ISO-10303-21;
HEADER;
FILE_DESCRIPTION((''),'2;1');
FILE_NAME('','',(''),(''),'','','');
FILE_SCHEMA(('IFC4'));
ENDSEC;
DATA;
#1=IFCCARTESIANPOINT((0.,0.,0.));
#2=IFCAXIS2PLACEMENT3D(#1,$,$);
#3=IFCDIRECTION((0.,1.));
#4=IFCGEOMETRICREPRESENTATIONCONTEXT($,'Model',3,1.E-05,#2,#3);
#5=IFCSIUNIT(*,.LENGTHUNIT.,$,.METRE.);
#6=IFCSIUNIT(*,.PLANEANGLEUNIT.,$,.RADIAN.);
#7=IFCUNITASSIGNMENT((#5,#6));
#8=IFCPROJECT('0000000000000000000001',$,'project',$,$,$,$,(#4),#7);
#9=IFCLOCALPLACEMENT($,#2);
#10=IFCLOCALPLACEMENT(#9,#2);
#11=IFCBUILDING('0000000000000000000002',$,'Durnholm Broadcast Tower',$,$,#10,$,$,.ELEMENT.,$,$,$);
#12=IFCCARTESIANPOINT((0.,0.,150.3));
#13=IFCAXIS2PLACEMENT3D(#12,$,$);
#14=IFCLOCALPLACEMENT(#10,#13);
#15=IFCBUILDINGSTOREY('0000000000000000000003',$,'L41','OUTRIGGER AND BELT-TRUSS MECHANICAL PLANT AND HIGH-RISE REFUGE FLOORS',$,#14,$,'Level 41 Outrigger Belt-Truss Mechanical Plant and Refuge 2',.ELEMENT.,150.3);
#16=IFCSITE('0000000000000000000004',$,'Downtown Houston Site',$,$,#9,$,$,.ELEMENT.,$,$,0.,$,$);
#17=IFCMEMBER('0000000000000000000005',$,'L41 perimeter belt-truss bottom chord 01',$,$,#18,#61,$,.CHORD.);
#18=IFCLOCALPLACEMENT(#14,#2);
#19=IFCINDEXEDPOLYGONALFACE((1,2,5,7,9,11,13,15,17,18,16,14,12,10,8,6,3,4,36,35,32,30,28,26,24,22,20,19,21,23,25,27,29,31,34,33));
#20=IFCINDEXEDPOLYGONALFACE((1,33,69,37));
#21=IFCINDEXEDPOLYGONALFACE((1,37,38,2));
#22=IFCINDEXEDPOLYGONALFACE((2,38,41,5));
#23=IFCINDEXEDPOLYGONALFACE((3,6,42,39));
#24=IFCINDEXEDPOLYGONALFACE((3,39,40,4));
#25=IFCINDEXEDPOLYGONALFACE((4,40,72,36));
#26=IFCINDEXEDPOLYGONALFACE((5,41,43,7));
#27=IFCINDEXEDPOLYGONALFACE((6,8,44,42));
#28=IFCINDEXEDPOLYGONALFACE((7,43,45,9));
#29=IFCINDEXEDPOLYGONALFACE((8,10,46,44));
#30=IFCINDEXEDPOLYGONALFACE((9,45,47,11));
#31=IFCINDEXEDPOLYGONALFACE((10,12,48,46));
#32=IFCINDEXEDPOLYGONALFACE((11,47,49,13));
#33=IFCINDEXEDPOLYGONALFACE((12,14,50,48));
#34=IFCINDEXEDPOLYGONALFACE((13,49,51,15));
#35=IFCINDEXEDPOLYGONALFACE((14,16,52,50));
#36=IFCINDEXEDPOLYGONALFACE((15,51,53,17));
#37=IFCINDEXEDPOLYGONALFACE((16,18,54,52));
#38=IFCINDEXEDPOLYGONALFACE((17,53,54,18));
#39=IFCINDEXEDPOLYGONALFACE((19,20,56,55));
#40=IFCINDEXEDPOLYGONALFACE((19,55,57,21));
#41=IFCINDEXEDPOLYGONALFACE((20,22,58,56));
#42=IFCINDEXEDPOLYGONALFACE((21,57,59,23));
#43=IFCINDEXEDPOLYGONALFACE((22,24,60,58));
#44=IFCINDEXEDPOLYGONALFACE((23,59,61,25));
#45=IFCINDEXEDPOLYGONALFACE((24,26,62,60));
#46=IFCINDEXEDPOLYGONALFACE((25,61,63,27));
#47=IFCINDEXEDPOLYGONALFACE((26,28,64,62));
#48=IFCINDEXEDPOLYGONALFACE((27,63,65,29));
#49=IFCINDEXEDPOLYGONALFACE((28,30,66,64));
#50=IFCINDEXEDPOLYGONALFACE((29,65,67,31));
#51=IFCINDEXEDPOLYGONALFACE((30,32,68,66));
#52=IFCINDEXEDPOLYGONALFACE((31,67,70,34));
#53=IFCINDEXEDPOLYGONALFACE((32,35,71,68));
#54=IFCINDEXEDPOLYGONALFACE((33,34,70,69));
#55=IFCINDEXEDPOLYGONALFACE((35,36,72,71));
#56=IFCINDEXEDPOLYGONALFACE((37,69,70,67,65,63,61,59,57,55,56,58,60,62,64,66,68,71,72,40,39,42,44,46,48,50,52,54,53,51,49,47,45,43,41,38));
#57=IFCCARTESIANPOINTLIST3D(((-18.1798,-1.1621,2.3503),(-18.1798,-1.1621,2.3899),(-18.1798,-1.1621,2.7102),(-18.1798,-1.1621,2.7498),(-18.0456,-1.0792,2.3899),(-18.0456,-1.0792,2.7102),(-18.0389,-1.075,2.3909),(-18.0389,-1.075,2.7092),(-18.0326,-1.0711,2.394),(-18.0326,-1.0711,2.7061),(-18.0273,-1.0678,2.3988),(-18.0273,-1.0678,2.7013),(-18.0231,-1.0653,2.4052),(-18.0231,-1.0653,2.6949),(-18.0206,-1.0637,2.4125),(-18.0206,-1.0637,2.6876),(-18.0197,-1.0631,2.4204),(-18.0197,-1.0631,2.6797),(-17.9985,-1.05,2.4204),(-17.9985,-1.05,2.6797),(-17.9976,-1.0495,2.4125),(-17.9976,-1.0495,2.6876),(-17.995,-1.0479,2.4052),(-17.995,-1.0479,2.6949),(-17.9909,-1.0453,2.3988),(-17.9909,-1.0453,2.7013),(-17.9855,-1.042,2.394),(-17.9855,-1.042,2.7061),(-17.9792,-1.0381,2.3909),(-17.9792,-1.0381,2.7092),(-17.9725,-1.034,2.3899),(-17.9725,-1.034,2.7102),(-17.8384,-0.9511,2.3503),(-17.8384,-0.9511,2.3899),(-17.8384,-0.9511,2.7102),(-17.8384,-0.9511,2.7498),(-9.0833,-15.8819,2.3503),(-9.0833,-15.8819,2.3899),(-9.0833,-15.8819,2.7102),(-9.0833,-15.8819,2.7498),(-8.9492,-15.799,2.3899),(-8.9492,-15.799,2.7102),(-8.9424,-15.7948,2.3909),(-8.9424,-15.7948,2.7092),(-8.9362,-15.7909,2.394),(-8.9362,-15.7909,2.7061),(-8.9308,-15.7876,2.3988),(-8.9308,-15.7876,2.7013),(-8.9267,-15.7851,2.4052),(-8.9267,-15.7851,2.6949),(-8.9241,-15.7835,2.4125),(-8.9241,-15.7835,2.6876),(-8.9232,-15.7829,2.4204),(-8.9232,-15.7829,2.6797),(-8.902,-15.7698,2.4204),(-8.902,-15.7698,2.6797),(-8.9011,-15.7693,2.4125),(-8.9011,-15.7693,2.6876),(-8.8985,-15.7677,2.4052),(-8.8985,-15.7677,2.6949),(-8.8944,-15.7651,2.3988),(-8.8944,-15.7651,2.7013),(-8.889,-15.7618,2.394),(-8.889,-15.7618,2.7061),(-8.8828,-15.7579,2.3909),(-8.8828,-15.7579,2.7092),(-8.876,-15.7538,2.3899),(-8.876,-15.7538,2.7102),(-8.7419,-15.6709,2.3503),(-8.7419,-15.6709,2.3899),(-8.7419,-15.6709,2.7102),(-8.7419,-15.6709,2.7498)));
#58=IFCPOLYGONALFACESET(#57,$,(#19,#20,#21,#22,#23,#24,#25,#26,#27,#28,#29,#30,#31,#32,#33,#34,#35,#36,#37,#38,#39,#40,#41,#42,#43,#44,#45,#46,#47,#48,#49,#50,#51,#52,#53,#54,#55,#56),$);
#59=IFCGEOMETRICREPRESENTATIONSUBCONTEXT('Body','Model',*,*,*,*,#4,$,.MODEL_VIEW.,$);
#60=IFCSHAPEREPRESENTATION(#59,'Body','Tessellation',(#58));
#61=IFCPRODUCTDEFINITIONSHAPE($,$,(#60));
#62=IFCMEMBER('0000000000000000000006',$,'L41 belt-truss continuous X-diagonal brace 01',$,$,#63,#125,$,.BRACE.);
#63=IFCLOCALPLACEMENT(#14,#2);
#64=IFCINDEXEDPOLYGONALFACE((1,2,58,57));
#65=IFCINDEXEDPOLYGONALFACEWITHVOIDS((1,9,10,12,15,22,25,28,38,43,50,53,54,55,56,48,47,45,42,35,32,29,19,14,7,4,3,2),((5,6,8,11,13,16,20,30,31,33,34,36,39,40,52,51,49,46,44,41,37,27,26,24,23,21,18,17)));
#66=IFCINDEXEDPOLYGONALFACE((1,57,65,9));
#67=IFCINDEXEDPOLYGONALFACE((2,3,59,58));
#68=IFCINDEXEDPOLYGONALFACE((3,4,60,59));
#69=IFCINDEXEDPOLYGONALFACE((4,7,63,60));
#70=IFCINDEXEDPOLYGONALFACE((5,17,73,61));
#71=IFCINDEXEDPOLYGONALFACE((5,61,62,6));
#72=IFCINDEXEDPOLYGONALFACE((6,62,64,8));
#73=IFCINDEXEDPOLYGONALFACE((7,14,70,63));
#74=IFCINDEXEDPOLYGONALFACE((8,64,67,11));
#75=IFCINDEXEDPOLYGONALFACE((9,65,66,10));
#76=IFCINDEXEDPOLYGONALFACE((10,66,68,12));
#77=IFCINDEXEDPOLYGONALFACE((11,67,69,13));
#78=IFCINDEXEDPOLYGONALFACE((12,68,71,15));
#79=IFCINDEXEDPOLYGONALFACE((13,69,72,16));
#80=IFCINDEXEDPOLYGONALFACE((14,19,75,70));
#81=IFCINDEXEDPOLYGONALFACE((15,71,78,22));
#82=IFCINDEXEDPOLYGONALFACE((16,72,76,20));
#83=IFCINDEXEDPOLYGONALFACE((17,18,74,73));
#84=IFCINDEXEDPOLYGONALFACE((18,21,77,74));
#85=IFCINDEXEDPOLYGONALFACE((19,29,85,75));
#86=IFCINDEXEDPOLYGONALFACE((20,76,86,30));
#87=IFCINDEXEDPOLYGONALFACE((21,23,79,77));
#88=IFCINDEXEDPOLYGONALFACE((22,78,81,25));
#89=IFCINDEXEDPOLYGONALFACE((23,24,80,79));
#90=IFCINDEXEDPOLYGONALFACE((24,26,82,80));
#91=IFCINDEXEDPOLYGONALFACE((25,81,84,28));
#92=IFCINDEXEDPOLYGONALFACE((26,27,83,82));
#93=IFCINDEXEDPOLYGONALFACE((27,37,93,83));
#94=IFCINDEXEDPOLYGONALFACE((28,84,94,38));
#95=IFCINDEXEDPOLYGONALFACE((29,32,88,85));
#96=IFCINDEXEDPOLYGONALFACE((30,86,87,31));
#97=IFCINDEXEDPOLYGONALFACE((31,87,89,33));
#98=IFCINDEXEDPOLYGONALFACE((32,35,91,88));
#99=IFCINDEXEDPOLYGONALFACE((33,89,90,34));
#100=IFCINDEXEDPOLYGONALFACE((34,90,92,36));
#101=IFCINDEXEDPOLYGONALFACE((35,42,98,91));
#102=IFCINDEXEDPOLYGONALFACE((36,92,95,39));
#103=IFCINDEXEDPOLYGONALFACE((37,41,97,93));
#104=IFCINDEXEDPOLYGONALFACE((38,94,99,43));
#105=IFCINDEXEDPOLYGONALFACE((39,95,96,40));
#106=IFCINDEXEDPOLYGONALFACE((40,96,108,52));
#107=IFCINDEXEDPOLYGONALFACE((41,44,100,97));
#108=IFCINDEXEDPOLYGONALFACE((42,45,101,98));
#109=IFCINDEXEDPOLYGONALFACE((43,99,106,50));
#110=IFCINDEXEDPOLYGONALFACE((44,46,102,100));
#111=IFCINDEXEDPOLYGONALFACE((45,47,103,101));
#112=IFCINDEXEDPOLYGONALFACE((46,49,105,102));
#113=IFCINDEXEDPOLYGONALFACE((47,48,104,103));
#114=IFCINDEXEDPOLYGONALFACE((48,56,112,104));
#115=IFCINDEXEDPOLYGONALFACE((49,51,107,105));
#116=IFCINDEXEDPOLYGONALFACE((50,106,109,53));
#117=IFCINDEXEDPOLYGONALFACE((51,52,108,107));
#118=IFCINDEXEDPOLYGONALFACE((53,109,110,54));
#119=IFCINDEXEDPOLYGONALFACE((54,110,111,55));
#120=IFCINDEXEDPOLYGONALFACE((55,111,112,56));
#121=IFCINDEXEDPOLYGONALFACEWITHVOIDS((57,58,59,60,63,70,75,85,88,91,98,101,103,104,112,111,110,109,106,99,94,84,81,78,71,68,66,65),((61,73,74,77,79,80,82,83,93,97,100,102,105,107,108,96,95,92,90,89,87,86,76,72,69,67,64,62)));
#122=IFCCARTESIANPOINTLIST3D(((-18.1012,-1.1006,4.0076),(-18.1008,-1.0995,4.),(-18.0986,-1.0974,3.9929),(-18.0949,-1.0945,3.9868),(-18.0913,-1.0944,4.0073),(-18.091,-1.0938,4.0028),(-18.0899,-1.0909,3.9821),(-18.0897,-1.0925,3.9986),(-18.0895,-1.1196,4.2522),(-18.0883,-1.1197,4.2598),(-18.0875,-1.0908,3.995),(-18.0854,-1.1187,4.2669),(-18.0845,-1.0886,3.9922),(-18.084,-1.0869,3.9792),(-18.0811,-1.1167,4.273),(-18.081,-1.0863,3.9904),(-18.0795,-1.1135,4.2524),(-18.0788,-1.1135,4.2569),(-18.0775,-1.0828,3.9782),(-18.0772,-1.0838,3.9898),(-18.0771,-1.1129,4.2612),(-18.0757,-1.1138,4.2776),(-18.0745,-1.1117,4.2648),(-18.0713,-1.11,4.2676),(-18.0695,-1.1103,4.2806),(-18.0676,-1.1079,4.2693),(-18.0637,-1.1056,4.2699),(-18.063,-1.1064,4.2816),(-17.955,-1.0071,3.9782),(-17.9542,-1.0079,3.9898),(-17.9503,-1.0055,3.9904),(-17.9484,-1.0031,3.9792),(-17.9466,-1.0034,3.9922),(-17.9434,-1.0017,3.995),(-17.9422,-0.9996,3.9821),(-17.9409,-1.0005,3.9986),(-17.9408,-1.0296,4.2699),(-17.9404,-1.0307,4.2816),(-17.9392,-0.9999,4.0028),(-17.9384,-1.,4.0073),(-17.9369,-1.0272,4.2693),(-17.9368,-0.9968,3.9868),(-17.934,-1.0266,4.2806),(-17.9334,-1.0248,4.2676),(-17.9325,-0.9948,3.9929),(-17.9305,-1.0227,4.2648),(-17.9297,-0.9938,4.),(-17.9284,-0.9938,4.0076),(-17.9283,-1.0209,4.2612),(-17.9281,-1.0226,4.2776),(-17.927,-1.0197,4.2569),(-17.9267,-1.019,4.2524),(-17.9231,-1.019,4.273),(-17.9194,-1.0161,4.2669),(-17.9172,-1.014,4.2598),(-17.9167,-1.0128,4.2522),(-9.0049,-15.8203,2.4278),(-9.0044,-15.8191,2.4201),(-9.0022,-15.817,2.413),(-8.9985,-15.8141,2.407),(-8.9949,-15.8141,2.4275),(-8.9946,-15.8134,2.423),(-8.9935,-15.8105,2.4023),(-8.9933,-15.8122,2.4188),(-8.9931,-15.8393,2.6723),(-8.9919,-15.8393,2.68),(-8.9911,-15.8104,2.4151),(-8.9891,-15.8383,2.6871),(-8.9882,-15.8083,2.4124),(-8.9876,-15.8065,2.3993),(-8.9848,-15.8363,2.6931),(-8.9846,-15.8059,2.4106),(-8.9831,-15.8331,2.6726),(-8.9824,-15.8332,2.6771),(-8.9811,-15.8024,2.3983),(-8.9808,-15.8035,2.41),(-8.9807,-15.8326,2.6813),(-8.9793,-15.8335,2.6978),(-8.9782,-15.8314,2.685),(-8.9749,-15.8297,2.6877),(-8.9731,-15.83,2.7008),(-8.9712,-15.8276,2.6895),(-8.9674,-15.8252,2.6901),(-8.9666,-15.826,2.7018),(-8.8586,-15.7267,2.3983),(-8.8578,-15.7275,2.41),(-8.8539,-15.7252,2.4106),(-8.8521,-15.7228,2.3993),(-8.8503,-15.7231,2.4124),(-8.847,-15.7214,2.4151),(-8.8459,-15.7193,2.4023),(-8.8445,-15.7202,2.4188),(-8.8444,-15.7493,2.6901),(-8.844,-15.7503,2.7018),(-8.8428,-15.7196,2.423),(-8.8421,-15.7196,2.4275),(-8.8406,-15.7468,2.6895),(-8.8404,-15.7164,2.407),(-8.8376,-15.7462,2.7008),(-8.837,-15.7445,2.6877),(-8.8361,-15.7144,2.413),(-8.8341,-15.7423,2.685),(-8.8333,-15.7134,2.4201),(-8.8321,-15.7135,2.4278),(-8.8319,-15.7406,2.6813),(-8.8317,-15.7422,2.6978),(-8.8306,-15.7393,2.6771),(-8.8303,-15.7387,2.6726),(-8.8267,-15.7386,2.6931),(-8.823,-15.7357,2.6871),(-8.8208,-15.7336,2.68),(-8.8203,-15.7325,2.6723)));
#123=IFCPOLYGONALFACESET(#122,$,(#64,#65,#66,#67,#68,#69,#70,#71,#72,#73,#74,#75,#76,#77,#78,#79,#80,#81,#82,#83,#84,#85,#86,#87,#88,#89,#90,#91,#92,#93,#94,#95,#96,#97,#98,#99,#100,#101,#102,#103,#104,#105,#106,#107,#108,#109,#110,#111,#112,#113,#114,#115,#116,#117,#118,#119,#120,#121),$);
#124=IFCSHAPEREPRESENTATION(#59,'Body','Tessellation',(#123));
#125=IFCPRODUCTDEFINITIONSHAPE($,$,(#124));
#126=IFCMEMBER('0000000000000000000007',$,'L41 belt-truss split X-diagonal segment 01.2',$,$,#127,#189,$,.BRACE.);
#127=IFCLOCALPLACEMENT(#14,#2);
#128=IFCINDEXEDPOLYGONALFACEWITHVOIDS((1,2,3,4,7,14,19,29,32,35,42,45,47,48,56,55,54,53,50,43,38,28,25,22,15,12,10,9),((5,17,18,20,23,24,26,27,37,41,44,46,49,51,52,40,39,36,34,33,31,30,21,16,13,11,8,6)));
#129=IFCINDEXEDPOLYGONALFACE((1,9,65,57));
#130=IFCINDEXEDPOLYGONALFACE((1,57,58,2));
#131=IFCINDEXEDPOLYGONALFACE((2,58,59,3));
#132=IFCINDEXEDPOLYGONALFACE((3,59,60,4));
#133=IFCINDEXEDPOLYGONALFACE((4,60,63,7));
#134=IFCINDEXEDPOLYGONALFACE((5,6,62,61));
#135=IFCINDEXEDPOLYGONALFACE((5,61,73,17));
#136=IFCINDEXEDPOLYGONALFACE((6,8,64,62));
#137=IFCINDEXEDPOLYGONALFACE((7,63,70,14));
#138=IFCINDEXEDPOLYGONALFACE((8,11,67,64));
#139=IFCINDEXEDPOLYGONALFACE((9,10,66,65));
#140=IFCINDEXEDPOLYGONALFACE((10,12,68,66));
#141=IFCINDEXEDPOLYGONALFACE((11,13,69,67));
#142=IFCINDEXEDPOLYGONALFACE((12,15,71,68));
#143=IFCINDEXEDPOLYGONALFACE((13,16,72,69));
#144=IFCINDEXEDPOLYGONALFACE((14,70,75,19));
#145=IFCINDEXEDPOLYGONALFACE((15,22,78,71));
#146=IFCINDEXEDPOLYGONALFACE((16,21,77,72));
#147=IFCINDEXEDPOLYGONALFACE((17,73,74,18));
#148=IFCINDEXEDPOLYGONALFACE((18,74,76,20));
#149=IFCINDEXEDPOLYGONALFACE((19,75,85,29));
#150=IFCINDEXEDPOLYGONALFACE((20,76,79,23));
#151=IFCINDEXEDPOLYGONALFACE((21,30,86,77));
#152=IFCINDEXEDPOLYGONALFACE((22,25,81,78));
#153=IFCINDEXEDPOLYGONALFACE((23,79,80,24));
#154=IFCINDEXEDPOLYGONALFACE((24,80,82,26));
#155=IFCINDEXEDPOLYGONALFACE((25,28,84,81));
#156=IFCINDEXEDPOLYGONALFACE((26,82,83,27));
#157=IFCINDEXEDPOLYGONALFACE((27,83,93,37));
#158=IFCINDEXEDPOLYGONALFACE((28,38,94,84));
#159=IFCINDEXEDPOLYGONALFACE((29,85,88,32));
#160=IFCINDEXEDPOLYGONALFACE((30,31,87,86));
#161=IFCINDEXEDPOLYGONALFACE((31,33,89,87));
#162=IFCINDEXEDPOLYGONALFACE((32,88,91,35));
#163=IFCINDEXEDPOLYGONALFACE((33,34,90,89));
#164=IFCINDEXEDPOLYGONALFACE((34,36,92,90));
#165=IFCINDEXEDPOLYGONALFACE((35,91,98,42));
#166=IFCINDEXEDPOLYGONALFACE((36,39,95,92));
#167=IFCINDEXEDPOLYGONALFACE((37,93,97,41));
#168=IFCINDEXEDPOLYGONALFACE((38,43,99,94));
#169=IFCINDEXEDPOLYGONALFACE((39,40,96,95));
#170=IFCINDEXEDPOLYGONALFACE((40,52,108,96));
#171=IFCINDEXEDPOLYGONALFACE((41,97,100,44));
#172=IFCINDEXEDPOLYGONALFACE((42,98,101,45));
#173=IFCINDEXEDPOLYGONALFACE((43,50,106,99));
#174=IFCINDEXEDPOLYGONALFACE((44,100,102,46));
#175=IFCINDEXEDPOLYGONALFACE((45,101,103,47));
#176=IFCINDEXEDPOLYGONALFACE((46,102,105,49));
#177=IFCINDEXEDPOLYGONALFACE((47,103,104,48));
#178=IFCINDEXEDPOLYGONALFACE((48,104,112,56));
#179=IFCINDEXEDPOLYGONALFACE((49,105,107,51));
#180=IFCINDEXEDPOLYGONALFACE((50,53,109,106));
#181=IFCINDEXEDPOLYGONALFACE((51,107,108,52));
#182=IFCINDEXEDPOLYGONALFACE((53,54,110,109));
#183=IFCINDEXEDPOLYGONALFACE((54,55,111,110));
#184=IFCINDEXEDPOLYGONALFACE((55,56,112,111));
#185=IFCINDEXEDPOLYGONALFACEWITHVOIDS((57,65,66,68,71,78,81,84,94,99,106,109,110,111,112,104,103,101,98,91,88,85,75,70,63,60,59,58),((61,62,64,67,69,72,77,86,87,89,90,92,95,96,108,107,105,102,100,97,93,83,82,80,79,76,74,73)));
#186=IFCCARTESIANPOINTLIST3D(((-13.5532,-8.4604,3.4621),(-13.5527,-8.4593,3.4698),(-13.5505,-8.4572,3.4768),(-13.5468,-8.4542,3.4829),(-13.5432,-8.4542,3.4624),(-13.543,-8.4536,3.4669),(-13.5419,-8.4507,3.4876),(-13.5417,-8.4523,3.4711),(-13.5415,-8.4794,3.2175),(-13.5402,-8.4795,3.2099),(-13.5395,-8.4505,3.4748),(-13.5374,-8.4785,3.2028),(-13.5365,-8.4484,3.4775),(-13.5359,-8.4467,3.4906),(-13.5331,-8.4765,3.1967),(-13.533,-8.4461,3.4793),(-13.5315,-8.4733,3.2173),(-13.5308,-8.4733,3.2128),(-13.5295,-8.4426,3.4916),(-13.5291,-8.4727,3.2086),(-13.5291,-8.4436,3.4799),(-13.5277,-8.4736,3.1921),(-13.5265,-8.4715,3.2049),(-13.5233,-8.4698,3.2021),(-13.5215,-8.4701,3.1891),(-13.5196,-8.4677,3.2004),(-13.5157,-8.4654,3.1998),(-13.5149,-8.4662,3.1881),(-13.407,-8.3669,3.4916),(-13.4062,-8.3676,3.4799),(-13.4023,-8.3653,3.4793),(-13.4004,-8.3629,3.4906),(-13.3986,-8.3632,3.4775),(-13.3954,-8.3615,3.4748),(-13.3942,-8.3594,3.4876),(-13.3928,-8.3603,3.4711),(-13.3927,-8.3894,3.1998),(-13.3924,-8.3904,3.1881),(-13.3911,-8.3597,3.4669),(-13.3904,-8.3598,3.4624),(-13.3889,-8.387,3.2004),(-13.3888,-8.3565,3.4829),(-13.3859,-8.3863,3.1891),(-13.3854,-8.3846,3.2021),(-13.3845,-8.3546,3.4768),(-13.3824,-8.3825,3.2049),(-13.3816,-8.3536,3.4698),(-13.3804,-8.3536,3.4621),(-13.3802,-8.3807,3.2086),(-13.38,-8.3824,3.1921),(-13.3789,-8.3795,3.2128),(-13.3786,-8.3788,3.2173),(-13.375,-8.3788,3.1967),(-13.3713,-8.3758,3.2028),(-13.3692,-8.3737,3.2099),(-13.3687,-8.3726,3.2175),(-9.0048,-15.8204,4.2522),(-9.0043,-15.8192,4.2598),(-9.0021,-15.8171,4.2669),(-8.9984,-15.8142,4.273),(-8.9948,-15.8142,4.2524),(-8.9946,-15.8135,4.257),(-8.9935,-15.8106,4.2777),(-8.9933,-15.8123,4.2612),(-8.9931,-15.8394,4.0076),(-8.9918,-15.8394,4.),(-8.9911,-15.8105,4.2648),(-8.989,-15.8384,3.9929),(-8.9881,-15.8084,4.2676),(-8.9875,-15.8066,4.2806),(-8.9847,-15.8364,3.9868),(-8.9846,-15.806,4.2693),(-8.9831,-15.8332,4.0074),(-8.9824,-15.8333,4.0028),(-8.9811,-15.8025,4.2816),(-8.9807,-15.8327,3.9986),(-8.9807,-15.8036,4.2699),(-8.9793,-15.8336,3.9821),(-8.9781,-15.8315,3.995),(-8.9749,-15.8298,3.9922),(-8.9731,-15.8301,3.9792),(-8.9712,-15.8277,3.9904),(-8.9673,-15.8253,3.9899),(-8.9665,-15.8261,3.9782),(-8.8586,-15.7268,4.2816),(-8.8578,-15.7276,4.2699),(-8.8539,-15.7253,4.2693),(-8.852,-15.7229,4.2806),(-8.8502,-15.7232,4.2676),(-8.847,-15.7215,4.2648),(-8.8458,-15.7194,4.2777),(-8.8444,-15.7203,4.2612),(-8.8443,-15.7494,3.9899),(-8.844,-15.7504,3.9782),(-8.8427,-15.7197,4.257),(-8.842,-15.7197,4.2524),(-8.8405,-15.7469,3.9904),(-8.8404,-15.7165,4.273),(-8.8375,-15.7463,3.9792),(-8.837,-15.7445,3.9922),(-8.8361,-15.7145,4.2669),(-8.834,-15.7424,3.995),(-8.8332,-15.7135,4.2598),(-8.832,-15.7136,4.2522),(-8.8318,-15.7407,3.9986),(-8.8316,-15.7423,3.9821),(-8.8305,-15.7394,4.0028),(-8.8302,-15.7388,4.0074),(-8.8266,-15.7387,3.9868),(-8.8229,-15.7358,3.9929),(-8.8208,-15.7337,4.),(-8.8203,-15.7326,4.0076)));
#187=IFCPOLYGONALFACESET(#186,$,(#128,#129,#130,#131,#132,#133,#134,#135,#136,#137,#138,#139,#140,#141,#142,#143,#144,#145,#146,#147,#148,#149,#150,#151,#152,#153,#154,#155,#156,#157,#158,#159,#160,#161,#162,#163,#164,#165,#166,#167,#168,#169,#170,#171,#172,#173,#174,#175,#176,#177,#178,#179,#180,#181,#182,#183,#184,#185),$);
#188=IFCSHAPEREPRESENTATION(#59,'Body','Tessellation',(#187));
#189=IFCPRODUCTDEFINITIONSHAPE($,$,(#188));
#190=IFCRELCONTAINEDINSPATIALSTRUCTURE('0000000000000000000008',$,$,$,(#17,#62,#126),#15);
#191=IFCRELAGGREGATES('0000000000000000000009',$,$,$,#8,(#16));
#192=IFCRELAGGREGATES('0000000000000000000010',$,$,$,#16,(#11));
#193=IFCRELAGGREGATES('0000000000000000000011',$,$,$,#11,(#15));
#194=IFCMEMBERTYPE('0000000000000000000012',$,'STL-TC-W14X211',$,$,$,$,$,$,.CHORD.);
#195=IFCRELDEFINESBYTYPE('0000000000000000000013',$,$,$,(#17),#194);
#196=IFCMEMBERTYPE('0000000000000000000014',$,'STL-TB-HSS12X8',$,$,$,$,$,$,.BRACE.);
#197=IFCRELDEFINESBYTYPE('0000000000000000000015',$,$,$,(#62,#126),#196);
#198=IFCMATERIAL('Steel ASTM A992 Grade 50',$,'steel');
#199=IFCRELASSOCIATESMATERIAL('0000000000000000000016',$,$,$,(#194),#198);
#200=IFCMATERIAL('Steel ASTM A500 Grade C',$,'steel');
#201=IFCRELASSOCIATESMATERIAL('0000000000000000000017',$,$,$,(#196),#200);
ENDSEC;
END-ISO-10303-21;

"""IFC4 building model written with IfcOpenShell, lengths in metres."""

from ifc_helpers import new_model, si_unit, direction, frame, origin, origin_2d, place, context, subcontext, project, spatial, hollow_rectangle, i_section, extrude, source, transform, mapped, material, material_profile, profile_set, type_object, type_shapes, element, save


model = new_model("IFC4")

# Units and contexts
model_context = context("Model", 3, precision=1e-05, world=origin(), true_north=direction((0.0, 1.0)))
body_context = subcontext(model_context, "Body", "Model", "MODEL_VIEW")
ifc_project = project(units=[si_unit("LENGTHUNIT", "METRE"), si_unit("PLANEANGLEUNIT", "RADIAN")], contexts=[model_context])

# Site, building, storey
site_placement = place(None, origin())
site = spatial("IfcSite", under=ifc_project, at=site_placement, Name="Downtown Houston Site", CompositionType="ELEMENT", RefElevation=0.0)
building_placement = place(site_placement, origin())
building = spatial("IfcBuilding", under=site, at=building_placement, Name="Durnholm Broadcast Tower", CompositionType="ELEMENT")
storey_placement = place(building_placement, frame((0.0, 0.0, 150.3)))
storey = spatial("IfcBuildingStorey", under=building, at=storey_placement, Name="L41", Description="OUTRIGGER AND BELT-TRUSS MECHANICAL PLANT AND HIGH-RISE REFUGE FLOORS", LongName="Level 41 Outrigger Belt-Truss Mechanical Plant and Refuge 2", CompositionType="ELEMENT", Elevation=150.3)

# Shared definitions
ifc_material_1 = material(Name="Steel ASTM A992 Grade 50", Category="steel")

# Members
ifc_material_profile_1 = material_profile(ifc_material_1, i_section(OverallWidth=0.4014, OverallDepth=0.3994, WebThickness=0.0249, FlangeThickness=0.0396, FilletRadius=0.0305, at=origin_2d()), Name="W14X211")
ifc_profile_set_1 = profile_set([ifc_material_profile_1], Name="Steel ASTM A992 Grade 50")
member_type_1 = type_object("IfcMemberType", Name="STL-TC-W14X211", PredefinedType="CHORD", material=ifc_profile_set_1)
shared_shape_1 = source(origin(), body_context, "Body", "SweptSolid", [
    extrude(i_section(OverallWidth=0.4014, OverallDepth=0.3994, WebThickness=0.0249, FlangeThickness=0.0396, FilletRadius=0.0305, at=origin_2d()), origin(), (0.0, 0.0, 1.0), 17.3037),
])
type_shapes(member_type_1, [shared_shape_1])
member_1_placement = place(storey_placement, frame((-8.9126, -15.7764, 2.55), z_axis=(-0.525695, 0.850673, 0.0), x_axis=(-0.850673, -0.525695, 0.0)))
element("IfcMember", 1, at=member_1_placement, inside=storey, type_object=member_type_1, Name="L41 perimeter belt-truss bottom chord 01", PredefinedType="CHORD", context=body_context, shape_type="MappedRepresentation", body=[
    mapped(shared_shape_1, transform((0.0, 0.0, 0.0), x_axis=(1.0, 0.0, 0.0), y_axis=(0.0, 1.0, 0.0), z_axis=(0.0, 0.0, 1.0), scale=1.0)),
])
ifc_material_2 = material(Name="Steel ASTM A500 Grade C", Category="steel")
ifc_material_profile_2 = material_profile(ifc_material_2, hollow_rectangle(XDim=0.2031, YDim=0.3047, WallThickness=0.0117, InnerFilletRadius=0.0176, OuterFilletRadius=0.0295, at=origin_2d()), Name="HSS12X8X1/2")
ifc_profile_set_2 = profile_set([ifc_material_profile_2], Name="Steel ASTM A500 Grade C")
member_type_2 = type_object("IfcMemberType", Name="STL-TB-HSS12X8", PredefinedType="BRACE", material=ifc_profile_set_2)
shared_shape_2 = source(origin(), body_context, "Body", "SweptSolid", [
    extrude(hollow_rectangle(XDim=0.2031, YDim=0.3047, WallThickness=0.0117, InnerFilletRadius=0.0176, OuterFilletRadius=0.0295, at=origin_2d()), origin(), (0.0, 0.0, 1.0), 17.3755),
])
member_2_placement = place(storey_placement, frame((-8.9126, -15.7764, 2.55), z_axis=(-0.523518, 0.847149, 0.090923), x_axis=(-0.850673, -0.525695, 0.0)))
element("IfcMember", 2, at=member_2_placement, inside=storey, type_object=member_type_2, Name="L41 belt-truss continuous X-diagonal brace 01", PredefinedType="BRACE", context=body_context, shape_type="MappedRepresentation", body=[
    mapped(shared_shape_2, transform((0.0, 0.0, 0.0), x_axis=(1.0, 0.0, 0.0), y_axis=(0.0, 1.0, 0.0), z_axis=(0.0, 0.0, 1.0), scale=1.0)),
])
shared_shape_3 = source(origin(), body_context, "Body", "SweptSolid", [
    extrude(hollow_rectangle(XDim=0.2031, YDim=0.3047, WallThickness=0.0117, InnerFilletRadius=0.0176, OuterFilletRadius=0.0295, at=origin_2d()), origin(), (0.0, 0.0, 1.0), 8.688),
])
type_shapes(member_type_2, [shared_shape_2, shared_shape_3])
member_3_placement = place(storey_placement, frame((-13.4609, -8.4165, 3.3398), z_axis=(0.523527, -0.847142, 0.090936), x_axis=(0.850667, 0.525706, 0.0)))
element("IfcMember", 3, at=member_3_placement, inside=storey, type_object=member_type_2, Name="L41 belt-truss split X-diagonal segment 01.2", PredefinedType="BRACE", context=body_context, shape_type="MappedRepresentation", body=[
    mapped(shared_shape_3, transform((0.0, 0.0, 0.0), x_axis=(1.0, 0.0, 0.0), y_axis=(0.0, 1.0, 0.0), z_axis=(0.0, 0.0, 1.0), scale=1.0)),
])

save(model, "model.ifc")
